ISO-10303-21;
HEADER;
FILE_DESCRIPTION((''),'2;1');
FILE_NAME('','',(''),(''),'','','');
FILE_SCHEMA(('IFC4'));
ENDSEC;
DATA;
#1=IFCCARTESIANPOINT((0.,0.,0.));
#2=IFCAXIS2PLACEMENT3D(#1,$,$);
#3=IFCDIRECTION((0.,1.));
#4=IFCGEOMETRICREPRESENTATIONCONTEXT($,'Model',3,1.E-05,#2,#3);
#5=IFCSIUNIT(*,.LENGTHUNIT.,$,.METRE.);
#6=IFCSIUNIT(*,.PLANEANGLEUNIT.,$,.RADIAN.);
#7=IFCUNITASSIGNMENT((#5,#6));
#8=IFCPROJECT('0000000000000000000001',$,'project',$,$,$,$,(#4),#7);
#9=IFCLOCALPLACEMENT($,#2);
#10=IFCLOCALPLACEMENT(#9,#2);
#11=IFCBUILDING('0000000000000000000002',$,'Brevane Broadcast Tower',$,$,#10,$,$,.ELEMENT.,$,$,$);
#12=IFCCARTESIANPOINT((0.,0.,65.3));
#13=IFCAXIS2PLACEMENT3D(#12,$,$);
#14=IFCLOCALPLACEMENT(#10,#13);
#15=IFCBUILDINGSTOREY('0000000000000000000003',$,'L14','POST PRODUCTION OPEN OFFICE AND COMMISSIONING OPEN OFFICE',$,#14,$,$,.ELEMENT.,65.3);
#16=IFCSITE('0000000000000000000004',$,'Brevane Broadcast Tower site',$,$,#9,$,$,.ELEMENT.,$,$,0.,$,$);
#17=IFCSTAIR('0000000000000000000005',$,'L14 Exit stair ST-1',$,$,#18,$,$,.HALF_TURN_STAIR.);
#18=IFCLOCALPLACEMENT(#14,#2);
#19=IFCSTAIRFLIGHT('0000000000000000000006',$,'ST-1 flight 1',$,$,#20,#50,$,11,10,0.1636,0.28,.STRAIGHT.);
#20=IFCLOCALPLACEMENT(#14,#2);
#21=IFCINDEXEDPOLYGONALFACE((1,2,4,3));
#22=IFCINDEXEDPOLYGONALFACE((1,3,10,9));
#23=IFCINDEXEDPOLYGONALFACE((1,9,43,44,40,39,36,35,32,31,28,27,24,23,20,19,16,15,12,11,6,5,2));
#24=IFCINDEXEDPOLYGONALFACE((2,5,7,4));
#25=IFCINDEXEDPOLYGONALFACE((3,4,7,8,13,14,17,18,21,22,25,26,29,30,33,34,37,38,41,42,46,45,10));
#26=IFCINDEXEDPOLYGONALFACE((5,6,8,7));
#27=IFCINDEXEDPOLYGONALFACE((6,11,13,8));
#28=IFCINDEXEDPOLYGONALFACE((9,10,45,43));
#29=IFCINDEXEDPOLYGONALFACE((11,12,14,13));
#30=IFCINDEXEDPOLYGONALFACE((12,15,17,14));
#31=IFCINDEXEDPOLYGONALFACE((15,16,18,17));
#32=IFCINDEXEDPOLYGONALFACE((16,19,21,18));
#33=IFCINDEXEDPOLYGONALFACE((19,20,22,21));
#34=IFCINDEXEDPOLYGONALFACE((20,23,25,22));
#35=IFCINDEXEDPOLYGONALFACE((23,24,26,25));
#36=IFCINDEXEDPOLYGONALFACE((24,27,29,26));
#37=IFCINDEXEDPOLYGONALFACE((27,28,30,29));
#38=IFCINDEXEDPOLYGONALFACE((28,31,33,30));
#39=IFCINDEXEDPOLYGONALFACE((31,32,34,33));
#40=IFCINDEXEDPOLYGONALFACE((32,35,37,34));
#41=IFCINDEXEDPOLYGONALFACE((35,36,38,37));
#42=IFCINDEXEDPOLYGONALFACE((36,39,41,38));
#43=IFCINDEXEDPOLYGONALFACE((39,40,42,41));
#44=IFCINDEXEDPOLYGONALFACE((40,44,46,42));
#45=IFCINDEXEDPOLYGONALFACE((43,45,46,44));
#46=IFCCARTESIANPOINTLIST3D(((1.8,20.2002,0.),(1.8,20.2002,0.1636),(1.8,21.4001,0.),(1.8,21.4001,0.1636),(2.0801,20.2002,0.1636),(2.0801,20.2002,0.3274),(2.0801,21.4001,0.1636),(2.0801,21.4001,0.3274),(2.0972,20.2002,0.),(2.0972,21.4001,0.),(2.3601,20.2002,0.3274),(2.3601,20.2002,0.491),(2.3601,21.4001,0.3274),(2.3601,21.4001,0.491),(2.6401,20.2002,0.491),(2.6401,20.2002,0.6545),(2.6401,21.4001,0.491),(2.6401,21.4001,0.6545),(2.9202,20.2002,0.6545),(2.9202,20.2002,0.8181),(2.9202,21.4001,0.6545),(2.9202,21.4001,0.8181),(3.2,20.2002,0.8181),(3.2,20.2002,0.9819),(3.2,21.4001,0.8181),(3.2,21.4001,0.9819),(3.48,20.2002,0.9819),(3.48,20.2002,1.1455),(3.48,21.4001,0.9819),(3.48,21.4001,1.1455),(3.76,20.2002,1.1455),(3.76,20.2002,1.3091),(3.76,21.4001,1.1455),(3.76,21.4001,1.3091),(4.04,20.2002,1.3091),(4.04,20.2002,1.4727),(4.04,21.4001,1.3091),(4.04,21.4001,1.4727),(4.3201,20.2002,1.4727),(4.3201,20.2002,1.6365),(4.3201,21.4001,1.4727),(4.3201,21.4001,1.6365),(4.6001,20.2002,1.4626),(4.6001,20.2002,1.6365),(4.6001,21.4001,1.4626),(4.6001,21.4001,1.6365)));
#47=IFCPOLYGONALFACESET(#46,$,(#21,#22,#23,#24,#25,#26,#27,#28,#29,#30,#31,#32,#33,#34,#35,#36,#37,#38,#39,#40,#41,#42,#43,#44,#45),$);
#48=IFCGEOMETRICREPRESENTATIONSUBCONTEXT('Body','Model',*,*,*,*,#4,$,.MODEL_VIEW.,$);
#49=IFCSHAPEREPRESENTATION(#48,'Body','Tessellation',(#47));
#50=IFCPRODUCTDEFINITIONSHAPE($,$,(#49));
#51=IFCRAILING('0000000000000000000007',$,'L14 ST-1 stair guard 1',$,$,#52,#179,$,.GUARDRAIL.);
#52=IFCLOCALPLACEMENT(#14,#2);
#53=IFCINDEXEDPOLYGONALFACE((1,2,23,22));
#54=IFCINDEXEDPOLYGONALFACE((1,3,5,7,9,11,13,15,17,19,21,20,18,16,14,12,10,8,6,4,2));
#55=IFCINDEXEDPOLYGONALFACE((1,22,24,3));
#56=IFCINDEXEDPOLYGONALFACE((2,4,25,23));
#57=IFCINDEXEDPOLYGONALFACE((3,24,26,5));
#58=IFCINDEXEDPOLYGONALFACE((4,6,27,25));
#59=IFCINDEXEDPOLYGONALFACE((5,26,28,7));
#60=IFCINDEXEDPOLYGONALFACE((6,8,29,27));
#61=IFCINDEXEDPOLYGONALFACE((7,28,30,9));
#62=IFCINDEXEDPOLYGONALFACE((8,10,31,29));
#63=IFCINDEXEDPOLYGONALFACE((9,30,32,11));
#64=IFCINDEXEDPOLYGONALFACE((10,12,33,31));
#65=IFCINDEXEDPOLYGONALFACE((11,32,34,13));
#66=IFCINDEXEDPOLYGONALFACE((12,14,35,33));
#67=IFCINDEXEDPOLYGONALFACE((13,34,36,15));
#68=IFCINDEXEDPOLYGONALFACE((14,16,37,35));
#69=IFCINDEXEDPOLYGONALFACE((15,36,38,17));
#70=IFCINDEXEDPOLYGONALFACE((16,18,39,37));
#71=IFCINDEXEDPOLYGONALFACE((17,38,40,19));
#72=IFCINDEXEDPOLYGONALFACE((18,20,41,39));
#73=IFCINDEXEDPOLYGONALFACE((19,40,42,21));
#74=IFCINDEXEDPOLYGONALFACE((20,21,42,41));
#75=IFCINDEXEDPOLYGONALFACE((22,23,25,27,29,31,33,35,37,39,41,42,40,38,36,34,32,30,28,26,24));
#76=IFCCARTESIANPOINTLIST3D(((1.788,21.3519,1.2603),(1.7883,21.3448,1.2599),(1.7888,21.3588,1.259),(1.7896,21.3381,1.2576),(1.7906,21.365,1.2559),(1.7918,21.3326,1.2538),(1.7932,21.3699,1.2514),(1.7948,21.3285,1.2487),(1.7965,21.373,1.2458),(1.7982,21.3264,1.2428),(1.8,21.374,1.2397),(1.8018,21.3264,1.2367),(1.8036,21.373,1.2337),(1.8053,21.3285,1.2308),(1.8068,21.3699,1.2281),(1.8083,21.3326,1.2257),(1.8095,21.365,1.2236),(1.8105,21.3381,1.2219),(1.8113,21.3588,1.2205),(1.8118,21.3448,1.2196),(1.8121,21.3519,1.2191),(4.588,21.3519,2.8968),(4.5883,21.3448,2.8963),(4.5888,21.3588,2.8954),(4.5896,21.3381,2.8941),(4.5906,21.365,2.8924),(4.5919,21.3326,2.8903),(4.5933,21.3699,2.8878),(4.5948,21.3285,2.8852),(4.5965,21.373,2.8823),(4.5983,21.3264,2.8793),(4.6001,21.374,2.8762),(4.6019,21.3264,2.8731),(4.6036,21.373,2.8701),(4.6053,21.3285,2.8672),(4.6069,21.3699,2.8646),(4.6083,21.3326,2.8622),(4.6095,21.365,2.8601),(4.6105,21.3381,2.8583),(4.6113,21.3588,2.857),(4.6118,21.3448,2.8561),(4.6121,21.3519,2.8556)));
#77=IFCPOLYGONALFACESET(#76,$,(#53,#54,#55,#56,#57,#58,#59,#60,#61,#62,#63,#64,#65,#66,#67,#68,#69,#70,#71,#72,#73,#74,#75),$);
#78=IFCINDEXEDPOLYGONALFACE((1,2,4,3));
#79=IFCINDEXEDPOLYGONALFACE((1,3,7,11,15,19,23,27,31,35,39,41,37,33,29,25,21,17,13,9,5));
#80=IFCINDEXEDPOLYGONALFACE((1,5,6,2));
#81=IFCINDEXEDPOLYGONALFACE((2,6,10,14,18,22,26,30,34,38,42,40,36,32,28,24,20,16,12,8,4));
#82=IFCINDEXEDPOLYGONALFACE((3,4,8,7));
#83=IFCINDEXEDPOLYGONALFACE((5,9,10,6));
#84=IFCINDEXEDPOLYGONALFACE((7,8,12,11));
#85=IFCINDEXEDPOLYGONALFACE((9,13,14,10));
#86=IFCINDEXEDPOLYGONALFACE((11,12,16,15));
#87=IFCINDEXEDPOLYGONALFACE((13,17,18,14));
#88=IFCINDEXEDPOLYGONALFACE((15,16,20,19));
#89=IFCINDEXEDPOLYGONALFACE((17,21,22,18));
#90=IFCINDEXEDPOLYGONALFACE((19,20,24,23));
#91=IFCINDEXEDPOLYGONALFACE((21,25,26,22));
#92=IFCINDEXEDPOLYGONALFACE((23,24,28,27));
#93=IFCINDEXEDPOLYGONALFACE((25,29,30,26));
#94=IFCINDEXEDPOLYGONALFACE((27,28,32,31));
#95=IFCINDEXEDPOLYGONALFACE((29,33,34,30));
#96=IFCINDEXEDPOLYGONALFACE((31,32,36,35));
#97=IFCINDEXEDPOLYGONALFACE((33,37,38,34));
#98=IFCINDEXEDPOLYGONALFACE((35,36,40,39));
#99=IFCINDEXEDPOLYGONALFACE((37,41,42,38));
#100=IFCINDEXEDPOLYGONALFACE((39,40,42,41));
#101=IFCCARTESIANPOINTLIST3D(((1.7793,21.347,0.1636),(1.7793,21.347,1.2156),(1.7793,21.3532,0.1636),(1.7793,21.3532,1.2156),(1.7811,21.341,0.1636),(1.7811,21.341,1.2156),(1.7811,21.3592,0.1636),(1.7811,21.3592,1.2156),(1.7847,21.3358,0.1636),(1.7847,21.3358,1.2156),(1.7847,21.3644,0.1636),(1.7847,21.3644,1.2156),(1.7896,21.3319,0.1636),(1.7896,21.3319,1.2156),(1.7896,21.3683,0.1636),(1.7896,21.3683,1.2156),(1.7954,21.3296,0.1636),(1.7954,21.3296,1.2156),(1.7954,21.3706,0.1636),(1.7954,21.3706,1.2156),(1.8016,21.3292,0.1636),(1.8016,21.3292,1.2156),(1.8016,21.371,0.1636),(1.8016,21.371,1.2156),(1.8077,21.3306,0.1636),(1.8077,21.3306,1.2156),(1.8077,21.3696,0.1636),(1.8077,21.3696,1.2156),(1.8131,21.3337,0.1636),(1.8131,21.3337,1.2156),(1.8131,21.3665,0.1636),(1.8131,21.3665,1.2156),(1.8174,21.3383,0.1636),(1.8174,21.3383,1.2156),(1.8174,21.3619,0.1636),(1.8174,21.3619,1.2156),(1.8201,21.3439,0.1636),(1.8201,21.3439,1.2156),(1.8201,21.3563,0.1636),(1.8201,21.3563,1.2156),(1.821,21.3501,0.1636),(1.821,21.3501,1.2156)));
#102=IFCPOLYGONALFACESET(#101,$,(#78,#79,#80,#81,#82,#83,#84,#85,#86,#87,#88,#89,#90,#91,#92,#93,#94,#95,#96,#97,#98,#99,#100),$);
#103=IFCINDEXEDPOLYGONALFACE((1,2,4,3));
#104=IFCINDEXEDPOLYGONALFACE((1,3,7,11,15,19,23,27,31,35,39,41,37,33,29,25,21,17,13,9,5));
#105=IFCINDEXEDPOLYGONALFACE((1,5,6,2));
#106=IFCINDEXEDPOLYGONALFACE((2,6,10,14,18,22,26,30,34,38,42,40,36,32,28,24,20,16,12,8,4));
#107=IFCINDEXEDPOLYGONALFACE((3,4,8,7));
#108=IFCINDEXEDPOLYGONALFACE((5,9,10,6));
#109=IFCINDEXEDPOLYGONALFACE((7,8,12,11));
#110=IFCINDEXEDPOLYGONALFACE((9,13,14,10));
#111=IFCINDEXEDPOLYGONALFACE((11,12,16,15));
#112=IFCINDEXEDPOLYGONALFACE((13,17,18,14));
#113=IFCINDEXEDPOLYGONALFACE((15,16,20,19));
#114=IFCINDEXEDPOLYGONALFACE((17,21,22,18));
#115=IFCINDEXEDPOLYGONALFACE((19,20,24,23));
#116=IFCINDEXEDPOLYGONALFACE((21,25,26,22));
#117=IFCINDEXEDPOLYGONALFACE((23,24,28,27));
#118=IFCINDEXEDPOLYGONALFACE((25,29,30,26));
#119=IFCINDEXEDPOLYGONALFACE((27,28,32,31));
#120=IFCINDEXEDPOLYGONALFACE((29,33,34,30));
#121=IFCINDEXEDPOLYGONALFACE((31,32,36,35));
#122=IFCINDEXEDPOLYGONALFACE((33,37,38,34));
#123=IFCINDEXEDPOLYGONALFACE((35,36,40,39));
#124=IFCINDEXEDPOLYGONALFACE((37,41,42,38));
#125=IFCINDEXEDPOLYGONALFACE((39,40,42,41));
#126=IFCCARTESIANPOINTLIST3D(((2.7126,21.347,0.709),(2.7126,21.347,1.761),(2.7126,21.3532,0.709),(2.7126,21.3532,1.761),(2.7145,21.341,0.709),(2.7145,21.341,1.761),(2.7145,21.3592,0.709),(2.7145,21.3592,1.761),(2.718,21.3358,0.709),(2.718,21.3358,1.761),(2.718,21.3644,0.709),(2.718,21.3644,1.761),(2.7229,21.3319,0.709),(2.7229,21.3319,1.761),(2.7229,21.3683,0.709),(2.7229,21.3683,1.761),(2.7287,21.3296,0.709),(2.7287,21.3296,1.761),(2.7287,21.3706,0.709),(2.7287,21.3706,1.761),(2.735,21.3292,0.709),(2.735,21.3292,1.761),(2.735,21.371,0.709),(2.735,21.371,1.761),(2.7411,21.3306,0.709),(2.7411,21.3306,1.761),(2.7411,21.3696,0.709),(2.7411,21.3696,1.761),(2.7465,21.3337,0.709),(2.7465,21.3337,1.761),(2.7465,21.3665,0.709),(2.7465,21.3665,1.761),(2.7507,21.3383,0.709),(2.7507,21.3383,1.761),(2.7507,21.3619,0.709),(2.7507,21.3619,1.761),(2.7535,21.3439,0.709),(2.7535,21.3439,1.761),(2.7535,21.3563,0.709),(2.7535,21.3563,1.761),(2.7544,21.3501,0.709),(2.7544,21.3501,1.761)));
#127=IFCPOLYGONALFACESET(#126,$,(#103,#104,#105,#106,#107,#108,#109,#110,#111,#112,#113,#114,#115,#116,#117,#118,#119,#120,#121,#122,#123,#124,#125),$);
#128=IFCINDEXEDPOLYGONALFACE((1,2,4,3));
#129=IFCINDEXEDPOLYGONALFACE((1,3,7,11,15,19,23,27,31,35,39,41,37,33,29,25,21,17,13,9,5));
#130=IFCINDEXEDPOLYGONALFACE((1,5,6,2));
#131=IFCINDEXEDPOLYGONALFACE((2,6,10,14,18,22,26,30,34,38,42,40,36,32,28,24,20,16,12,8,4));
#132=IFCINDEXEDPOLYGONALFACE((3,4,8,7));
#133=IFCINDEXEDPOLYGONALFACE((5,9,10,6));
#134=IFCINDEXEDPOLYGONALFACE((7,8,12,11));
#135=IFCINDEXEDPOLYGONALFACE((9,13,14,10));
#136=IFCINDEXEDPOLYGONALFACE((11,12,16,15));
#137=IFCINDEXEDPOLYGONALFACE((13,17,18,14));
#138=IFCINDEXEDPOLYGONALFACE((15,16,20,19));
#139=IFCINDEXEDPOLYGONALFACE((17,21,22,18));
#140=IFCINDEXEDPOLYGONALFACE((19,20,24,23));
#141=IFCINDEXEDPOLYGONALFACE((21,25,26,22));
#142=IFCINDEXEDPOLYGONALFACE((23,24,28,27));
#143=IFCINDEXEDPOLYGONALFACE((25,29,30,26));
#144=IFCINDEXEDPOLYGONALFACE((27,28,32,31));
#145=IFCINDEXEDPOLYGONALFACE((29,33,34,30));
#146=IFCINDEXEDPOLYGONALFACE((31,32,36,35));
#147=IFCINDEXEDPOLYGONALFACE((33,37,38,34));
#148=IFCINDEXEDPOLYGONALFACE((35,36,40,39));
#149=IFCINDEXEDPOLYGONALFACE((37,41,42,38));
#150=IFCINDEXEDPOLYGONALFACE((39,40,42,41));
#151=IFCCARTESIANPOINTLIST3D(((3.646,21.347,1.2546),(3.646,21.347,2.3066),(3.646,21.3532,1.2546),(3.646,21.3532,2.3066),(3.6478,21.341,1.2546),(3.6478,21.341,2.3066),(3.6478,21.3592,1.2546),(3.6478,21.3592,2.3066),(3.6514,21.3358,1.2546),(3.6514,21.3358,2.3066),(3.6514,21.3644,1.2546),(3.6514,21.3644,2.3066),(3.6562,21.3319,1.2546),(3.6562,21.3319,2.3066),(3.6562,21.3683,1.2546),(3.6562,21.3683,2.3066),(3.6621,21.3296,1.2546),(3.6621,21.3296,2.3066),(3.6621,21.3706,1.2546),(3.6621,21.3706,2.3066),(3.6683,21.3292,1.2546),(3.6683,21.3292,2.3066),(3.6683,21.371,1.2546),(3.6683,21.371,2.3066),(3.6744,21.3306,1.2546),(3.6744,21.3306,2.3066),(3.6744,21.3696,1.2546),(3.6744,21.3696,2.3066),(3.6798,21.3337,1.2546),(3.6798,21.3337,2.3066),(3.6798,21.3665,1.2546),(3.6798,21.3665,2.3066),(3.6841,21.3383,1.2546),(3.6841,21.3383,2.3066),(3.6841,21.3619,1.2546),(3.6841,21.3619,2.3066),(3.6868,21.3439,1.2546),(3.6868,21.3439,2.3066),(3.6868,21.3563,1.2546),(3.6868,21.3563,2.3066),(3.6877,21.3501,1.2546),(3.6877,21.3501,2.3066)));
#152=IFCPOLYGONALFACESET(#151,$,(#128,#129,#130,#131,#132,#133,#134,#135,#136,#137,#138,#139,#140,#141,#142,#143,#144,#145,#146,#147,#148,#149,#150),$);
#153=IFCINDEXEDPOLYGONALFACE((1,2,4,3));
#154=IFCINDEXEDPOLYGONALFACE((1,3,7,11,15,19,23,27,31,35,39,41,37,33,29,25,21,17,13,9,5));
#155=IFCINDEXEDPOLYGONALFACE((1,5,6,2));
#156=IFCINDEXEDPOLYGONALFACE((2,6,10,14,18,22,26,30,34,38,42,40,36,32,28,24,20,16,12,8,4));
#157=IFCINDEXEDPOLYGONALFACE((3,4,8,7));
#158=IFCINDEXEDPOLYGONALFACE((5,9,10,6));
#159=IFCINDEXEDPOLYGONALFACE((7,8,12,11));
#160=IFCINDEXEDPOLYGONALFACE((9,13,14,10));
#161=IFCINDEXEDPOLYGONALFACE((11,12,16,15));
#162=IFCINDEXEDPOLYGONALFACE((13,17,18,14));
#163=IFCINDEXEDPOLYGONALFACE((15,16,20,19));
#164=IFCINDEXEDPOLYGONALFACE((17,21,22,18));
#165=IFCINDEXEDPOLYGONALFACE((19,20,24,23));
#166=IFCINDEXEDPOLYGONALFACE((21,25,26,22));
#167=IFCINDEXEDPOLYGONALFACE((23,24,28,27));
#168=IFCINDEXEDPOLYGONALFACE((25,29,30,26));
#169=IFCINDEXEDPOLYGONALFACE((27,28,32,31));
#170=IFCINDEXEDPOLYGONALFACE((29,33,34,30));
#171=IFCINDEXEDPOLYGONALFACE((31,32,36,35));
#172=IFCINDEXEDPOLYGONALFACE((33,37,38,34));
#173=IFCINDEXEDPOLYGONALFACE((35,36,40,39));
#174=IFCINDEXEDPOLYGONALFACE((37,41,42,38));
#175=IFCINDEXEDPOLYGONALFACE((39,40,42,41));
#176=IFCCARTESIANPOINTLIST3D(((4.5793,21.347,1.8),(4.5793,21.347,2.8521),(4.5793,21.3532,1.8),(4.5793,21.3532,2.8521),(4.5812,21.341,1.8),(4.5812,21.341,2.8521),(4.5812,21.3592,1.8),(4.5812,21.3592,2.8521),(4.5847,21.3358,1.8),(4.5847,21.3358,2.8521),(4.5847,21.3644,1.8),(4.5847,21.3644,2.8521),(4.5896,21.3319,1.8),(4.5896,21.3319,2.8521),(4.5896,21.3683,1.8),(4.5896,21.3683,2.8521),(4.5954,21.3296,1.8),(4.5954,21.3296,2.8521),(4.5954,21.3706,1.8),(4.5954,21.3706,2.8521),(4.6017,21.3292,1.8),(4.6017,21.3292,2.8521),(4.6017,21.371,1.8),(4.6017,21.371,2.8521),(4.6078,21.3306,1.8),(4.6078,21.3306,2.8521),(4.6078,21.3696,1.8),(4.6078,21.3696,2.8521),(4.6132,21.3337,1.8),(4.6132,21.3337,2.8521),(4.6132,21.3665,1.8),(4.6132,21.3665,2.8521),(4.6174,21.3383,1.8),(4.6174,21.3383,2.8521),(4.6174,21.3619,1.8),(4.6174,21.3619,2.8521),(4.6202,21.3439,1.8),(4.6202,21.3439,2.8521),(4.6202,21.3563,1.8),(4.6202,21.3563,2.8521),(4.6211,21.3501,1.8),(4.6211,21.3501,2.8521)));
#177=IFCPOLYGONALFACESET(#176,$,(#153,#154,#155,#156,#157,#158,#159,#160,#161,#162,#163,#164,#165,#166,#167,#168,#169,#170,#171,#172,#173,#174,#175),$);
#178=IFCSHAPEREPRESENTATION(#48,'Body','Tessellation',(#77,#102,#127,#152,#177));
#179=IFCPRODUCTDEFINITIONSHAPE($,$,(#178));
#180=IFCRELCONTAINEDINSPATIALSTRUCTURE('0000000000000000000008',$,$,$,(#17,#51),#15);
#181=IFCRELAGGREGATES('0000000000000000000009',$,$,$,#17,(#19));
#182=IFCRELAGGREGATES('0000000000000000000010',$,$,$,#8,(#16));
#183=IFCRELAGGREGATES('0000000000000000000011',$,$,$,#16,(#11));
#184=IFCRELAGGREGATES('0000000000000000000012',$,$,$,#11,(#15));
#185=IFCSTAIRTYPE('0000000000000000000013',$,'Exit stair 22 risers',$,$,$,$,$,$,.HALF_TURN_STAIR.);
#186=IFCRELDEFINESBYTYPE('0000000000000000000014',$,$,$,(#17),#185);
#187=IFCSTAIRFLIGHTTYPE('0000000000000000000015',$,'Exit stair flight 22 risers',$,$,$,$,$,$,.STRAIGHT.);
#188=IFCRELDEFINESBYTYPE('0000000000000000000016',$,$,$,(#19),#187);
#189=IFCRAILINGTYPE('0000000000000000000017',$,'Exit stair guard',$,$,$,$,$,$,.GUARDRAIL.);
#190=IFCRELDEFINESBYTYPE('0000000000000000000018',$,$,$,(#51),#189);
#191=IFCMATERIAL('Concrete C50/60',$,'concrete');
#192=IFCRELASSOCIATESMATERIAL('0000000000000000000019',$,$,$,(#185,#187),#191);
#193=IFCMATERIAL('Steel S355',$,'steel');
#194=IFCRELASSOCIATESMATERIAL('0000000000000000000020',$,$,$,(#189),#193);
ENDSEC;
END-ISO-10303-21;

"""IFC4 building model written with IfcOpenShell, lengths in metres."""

from ifc_helpers import new_model, si_unit, direction, frame, origin, origin_2d, place, context, subcontext, project, spatial, polyline, circle, outline, extrude, material, type_object, element, aggregate, save


model = new_model("IFC4")

# Units and contexts
model_context = context("Model", 3, precision=1e-05, world=origin(), true_north=direction((0.0, 1.0)))
body_context = subcontext(model_context, "Body", "Model", "MODEL_VIEW")
ifc_project = project(units=[si_unit("LENGTHUNIT", "METRE"), si_unit("PLANEANGLEUNIT", "RADIAN")], contexts=[model_context])

# Site, building, storey
site_placement = place(None, origin())
site = spatial("IfcSite", under=ifc_project, at=site_placement, Name="Brevane Broadcast Tower site", CompositionType="ELEMENT", RefElevation=0.0)
building_placement = place(site_placement, origin())
building = spatial("IfcBuilding", under=site, at=building_placement, Name="Brevane Broadcast Tower", CompositionType="ELEMENT")
storey_placement = place(building_placement, frame((0.0, 0.0, 65.3)))
storey = spatial("IfcBuildingStorey", under=building, at=storey_placement, Name="L14", Description="POST PRODUCTION OPEN OFFICE AND COMMISSIONING OPEN OFFICE", CompositionType="ELEMENT", Elevation=65.3)

# Stair, stair flight
ifc_material_1 = material(Name="Concrete C50/60", Category="concrete")
stair_type = type_object("IfcStairType", Name="Exit stair 22 risers", PredefinedType="HALF_TURN_STAIR", material=ifc_material_1)
stair_placement = place(storey_placement, origin())
stair = element("IfcStair", 1, at=stair_placement, inside=storey, type_object=stair_type, Name="L14 Exit stair ST-1", PredefinedType="HALF_TURN_STAIR")
stair_flight_type = type_object("IfcStairFlightType", Name="Exit stair flight 22 risers", PredefinedType="STRAIGHT", material=ifc_material_1)
stair_flight_placement = place(storey_placement, frame((1.8, 20.8, 0.0), z_axis=(0.0, 0.0, 1.0), x_axis=(1.0, 0.0, 0.0)))
stair_flight = element("IfcStairFlight", 2, at=stair_flight_placement, type_object=stair_flight_type, Name="ST-1 flight 1", NumberOfRisers=11, NumberOfTreads=10, PredefinedType="STRAIGHT", RiserHeight=0.1636, TreadLength=0.28, context=body_context, shape_type="SweptSolid", body=[
    extrude(outline(polyline([(0.0, 0.0), (0.0, 0.1636), (0.28, 0.1636), (0.28, 0.3274), (0.5601, 0.3274), (0.5601, 0.491), (0.8401, 0.491), (0.8401, 0.6545), (1.1201, 0.6545), (1.1201, 0.8181), (1.3999, 0.8181), (1.3999, 0.9819), (1.6799, 0.9819), (1.6799, 1.1455), (1.96, 1.1455), (1.96, 1.3091), (2.24, 1.3091), (2.24, 1.4727), (2.52, 1.4727), (2.52, 1.6365), (2.8, 1.6365), (2.8, 1.8), (2.8, 1.4626), (0.2971, 0.0), (0.0, 0.0)])), frame((0.0, 0.6001, 0.0), z_axis=(0.0, -1.0, 0.0), x_axis=(1.0, 0.0, 0.0)), (0.0, 0.0, 1.0), 1.2),
])
aggregate(stair, [stair_flight])

# Railing
ifc_material_2 = material(Name="Steel S355", Category="steel")
railing_type_1 = type_object("IfcRailingType", Name="Exit stair guard", PredefinedType="GUARDRAIL", material=ifc_material_2)
railing_1_placement = place(storey_placement, frame((1.8, 21.3501, 0.1636)))
element("IfcRailing", 3, at=railing_1_placement, inside=storey, type_object=railing_type_1, Name="L14 ST-1 stair guard 1", PredefinedType="GUARDRAIL", context=body_context, shape_type="SweptSolid", body=[
    extrude(circle(Radius=0.0239, at=origin_2d()), frame((0.0, 0.0, 1.0762), z_axis=(0.863361, 0.0, 0.504587), x_axis=(0.0, 1.0, 0.0)), (0.0, 0.0, 1.0), 3.2432),
    extrude(circle(Radius=0.021, at=origin_2d()), origin(), (0.0, 0.0, 1.0), 1.052),
    extrude(circle(Radius=0.021, at=origin_2d()), frame((0.9333, 0.0, 0.5454)), (0.0, 0.0, 1.0), 1.052),
    extrude(circle(Radius=0.021, at=origin_2d()), frame((1.8667, 0.0, 1.0911)), (0.0, 0.0, 1.0), 1.052),
    extrude(circle(Radius=0.021, at=origin_2d()), frame((2.8, 0.0, 1.6365)), (0.0, 0.0, 1.0), 1.052),
])

save(model, "model.ifc")
